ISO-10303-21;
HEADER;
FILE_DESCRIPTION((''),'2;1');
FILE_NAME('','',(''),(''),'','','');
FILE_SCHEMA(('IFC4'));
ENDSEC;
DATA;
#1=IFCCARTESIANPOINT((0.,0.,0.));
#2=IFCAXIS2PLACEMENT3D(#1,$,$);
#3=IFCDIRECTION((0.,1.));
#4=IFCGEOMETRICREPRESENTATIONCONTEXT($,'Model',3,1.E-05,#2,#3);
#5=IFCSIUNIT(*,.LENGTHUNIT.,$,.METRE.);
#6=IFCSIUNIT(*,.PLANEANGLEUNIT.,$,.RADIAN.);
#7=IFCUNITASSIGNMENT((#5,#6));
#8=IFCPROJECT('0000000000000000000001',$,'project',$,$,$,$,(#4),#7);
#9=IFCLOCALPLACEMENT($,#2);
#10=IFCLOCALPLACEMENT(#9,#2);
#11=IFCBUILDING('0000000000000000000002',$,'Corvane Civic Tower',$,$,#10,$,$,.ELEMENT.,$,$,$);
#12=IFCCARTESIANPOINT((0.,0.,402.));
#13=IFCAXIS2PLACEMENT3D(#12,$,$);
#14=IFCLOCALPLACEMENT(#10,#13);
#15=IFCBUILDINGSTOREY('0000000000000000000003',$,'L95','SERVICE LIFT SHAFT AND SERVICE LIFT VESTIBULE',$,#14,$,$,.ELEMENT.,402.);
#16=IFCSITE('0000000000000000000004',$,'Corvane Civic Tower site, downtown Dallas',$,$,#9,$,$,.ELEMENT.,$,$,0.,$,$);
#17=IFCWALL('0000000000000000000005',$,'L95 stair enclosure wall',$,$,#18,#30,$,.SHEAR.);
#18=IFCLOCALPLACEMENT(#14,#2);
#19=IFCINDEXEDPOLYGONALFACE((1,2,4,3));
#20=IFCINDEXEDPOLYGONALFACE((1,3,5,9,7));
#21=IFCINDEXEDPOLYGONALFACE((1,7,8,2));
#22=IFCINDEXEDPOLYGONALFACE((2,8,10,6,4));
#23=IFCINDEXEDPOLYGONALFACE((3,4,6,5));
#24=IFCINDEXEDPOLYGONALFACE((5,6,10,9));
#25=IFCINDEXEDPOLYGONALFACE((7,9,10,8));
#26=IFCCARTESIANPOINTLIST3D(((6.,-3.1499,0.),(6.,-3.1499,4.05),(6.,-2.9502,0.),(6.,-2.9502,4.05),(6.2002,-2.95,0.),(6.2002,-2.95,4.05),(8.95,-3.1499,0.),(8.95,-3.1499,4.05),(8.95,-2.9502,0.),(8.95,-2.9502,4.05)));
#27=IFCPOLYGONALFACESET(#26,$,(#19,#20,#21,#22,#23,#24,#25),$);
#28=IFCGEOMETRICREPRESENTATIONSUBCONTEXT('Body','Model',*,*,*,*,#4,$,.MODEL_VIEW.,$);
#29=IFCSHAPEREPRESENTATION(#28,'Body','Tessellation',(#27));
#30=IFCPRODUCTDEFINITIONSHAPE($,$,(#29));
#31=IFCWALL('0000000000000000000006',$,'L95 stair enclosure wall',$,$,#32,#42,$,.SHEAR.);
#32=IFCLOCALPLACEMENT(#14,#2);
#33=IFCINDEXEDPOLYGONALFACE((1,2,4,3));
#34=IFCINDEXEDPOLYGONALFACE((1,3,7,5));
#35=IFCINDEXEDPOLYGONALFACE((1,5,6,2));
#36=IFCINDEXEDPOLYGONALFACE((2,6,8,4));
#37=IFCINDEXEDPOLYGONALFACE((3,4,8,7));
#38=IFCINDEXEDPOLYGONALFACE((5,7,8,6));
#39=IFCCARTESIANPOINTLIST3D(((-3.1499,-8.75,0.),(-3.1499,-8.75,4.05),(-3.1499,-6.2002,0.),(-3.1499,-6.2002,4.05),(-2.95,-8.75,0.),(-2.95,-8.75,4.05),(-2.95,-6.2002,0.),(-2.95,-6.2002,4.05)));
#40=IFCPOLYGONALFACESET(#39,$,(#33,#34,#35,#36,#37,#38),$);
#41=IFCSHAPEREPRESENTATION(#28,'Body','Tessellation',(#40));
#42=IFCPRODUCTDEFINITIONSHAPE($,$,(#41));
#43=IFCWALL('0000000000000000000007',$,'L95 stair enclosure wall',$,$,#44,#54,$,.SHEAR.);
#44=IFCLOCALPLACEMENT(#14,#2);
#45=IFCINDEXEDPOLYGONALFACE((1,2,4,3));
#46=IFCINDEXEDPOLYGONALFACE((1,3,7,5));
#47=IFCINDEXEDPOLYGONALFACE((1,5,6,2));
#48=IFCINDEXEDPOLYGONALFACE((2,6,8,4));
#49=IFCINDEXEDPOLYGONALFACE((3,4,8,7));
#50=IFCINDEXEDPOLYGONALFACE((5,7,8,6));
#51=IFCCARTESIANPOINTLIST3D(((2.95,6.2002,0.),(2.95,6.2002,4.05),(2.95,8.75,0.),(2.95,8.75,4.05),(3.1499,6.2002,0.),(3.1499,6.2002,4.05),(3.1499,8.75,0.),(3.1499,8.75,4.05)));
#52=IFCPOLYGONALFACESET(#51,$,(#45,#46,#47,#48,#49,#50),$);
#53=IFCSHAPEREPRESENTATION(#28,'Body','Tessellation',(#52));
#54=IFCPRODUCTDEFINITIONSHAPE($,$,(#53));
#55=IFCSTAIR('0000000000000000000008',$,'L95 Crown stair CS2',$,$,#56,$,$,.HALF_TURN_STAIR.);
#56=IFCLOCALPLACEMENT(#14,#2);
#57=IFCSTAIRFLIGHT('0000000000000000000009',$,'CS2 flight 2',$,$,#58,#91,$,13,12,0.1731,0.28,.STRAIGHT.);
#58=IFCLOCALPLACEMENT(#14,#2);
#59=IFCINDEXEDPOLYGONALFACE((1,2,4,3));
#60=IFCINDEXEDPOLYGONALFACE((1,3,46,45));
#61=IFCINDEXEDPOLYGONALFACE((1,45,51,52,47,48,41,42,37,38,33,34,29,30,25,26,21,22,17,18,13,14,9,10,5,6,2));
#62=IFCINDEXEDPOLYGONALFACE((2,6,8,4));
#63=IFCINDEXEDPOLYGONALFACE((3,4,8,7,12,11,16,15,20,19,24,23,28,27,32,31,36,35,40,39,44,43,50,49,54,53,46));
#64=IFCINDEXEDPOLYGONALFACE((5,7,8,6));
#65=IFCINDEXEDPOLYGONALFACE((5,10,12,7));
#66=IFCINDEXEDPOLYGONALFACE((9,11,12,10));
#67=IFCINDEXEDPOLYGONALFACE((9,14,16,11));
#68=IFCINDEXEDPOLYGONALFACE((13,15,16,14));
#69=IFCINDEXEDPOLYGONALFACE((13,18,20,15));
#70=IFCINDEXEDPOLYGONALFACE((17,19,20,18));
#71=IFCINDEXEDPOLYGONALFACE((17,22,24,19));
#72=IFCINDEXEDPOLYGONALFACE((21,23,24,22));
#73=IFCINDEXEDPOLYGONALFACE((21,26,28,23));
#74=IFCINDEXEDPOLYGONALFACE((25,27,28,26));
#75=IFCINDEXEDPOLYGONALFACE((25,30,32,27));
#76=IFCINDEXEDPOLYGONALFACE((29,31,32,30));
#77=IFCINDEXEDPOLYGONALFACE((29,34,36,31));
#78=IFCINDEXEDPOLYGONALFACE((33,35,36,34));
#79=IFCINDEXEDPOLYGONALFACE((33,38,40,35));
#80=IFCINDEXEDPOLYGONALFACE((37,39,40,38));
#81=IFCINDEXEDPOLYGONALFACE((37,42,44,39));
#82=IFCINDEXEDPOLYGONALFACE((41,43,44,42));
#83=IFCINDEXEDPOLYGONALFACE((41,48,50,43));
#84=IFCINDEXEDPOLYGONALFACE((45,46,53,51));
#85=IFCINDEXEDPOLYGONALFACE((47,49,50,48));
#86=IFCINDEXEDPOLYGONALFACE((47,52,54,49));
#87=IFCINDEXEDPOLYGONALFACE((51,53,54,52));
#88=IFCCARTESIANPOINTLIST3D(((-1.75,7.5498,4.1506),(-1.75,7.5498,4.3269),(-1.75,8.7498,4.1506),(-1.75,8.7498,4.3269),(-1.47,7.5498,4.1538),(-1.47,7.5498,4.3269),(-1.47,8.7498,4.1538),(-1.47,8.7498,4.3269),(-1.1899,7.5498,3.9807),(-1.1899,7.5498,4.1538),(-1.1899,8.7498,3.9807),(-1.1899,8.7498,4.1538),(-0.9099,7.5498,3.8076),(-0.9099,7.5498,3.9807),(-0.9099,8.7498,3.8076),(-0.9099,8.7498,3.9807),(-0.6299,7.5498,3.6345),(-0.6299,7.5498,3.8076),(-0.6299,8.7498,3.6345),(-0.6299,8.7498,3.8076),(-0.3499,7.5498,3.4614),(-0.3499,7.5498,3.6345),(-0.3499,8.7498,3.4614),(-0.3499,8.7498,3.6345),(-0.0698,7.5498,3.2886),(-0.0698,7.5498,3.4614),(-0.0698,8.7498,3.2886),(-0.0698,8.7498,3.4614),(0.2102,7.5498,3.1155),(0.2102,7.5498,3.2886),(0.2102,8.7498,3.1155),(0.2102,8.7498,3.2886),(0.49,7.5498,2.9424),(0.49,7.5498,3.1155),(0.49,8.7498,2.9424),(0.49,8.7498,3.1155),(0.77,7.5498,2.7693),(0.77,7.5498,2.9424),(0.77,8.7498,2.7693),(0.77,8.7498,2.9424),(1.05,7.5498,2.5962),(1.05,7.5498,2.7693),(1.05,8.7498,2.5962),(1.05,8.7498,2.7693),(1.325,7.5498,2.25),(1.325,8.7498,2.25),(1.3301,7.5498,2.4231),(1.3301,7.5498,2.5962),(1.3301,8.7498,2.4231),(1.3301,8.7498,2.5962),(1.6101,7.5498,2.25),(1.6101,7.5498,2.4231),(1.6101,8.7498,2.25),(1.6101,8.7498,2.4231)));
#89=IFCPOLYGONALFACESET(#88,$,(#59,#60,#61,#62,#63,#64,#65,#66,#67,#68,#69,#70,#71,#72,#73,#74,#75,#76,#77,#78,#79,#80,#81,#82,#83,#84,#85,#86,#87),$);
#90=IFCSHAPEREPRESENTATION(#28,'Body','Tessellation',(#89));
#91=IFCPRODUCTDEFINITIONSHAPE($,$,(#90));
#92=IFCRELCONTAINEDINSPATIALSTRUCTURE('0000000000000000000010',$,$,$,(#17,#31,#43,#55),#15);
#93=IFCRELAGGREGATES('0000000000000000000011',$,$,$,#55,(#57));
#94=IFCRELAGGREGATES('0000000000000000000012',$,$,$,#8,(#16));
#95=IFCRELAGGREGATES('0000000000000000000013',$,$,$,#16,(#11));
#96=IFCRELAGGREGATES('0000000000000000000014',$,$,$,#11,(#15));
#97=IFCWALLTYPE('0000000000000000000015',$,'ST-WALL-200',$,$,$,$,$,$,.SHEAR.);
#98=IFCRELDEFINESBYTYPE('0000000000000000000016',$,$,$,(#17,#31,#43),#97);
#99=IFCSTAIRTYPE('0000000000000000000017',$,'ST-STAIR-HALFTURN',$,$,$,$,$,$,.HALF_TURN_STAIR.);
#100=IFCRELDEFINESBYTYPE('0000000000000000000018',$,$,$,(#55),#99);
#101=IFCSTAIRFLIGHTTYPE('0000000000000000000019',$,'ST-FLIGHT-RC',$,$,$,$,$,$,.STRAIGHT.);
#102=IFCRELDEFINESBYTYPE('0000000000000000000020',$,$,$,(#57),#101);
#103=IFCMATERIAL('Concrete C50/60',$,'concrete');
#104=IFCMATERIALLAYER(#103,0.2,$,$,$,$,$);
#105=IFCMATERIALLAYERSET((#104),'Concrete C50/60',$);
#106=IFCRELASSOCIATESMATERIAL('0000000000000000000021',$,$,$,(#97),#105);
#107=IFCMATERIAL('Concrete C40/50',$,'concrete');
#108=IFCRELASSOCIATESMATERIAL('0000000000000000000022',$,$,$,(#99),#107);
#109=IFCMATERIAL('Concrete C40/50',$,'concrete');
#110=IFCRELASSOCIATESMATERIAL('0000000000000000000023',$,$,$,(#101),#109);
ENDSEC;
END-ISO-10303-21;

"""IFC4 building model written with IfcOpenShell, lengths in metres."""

from ifc_helpers import new_model, si_unit, direction, frame, origin, place, context, subcontext, project, spatial, polyline, outline, extrude, material, layer, layer_set, type_object, element, aggregate, save


model = new_model("IFC4")

# Units and contexts
model_context = context("Model", 3, precision=1e-05, world=origin(), true_north=direction((0.0, 1.0)))
body_context = subcontext(model_context, "Body", "Model", "MODEL_VIEW")
ifc_project = project(units=[si_unit("LENGTHUNIT", "METRE"), si_unit("PLANEANGLEUNIT", "RADIAN")], contexts=[model_context])

# Site, building, storey
site_placement = place(None, origin())
site = spatial("IfcSite", under=ifc_project, at=site_placement, Name="Corvane Civic Tower site, downtown Dallas", CompositionType="ELEMENT", RefElevation=0.0)
building_placement = place(site_placement, origin())
building = spatial("IfcBuilding", under=site, at=building_placement, Name="Corvane Civic Tower", CompositionType="ELEMENT")
storey_placement = place(building_placement, frame((0.0, 0.0, 402.0)))
storey = spatial("IfcBuildingStorey", under=building, at=storey_placement, Name="L95", Description="SERVICE LIFT SHAFT AND SERVICE LIFT VESTIBULE", CompositionType="ELEMENT", Elevation=402.0)

# Shared definitions
ifc_material_1 = material(Name="Concrete C50/60", Category="concrete")
ifc_layer_1 = layer(ifc_material_1, 0.2)
ifc_layer_set_1 = layer_set([ifc_layer_1], Name="Concrete C50/60")
wall_type = type_object("IfcWallType", Name="ST-WALL-200", PredefinedType="SHEAR", material=ifc_layer_set_1)

# Walls
wall_1_placement = place(storey_placement, origin())
element("IfcWall", 1, at=wall_1_placement, inside=storey, type_object=wall_type, Name="L95 stair enclosure wall", PredefinedType="SHEAR", context=body_context, shape_type="SweptSolid", body=[
    extrude(outline(polyline([(8.95, -3.1499), (6.0, -3.1499), (6.0, -2.9502), (6.2002, -2.95), (8.95, -2.9502), (8.95, -3.1499)])), origin(), (0.0, 0.0, 1.0), 4.05),
])
wall_2_placement = place(storey_placement, origin())
element("IfcWall", 2, at=wall_2_placement, inside=storey, type_object=wall_type, Name="L95 stair enclosure wall", PredefinedType="SHEAR", context=body_context, shape_type="SweptSolid", body=[
    extrude(outline(polyline([(-2.95, -8.75), (-3.1499, -8.75), (-3.1499, -6.2002), (-2.95, -6.2002), (-2.95, -8.75)])), origin(), (0.0, 0.0, 1.0), 4.05),
])
wall_3_placement = place(storey_placement, origin())
element("IfcWall", 3, at=wall_3_placement, inside=storey, type_object=wall_type, Name="L95 stair enclosure wall", PredefinedType="SHEAR", context=body_context, shape_type="SweptSolid", body=[
    extrude(outline(polyline([(3.1499, 6.2002), (2.95, 6.2002), (2.95, 8.75), (3.1499, 8.75), (3.1499, 6.2002)])), origin(), (0.0, 0.0, 1.0), 4.05),
])

# Stair, stair flight
ifc_material_2 = material(Name="Concrete C40/50", Category="concrete")
stair_type = type_object("IfcStairType", Name="ST-STAIR-HALFTURN", PredefinedType="HALF_TURN_STAIR", material=ifc_material_2)
stair_placement = place(storey_placement, origin())
stair = element("IfcStair", 4, at=stair_placement, inside=storey, type_object=stair_type, Name="L95 Crown stair CS2", PredefinedType="HALF_TURN_STAIR")
ifc_material_3 = material(Name="Concrete C40/50", Category="concrete")
stair_flight_type = type_object("IfcStairFlightType", Name="ST-FLIGHT-RC", PredefinedType="STRAIGHT", material=ifc_material_3)
stair_flight_placement = place(storey_placement, frame((1.6101, 8.1499, 2.25), z_axis=(0.0, 0.0, 1.0), x_axis=(-1.0, 0.0, 0.0)))
stair_flight = element("IfcStairFlight", 5, at=stair_flight_placement, type_object=stair_flight_type, Name="CS2 flight 2", NumberOfRisers=13, NumberOfTreads=12, PredefinedType="STRAIGHT", RiserHeight=0.1731, TreadLength=0.28, context=body_context, shape_type="SweptSolid", body=[
    extrude(outline(polyline([(0.0, 0.0), (0.0, 0.1731), (0.28, 0.1731), (0.28, 0.3462), (0.5601, 0.3462), (0.5601, 0.5193), (0.8401, 0.5193), (0.8401, 0.6924), (1.1201, 0.6924), (1.1201, 0.8655), (1.3999, 0.8655), (1.3999, 1.0386), (1.6799, 1.0386), (1.6799, 1.2114), (1.96, 1.2114), (1.96, 1.3845), (2.24, 1.3845), (2.24, 1.5576), (2.52, 1.5576), (2.52, 1.7307), (2.8, 1.7307), (2.8, 1.9038), (3.0801, 1.9038), (3.0801, 2.0769), (3.3601, 2.0769), (3.3601, 2.25), (3.3601, 1.9006), (0.2852, 0.0), (0.0, 0.0)])), frame((0.0, 0.6001, 0.0), z_axis=(0.0, -1.0, 0.0), x_axis=(1.0, 0.0, 0.0)), (0.0, 0.0, 1.0), 1.2),
])
aggregate(stair, [stair_flight])

save(model, "model.ifc")
